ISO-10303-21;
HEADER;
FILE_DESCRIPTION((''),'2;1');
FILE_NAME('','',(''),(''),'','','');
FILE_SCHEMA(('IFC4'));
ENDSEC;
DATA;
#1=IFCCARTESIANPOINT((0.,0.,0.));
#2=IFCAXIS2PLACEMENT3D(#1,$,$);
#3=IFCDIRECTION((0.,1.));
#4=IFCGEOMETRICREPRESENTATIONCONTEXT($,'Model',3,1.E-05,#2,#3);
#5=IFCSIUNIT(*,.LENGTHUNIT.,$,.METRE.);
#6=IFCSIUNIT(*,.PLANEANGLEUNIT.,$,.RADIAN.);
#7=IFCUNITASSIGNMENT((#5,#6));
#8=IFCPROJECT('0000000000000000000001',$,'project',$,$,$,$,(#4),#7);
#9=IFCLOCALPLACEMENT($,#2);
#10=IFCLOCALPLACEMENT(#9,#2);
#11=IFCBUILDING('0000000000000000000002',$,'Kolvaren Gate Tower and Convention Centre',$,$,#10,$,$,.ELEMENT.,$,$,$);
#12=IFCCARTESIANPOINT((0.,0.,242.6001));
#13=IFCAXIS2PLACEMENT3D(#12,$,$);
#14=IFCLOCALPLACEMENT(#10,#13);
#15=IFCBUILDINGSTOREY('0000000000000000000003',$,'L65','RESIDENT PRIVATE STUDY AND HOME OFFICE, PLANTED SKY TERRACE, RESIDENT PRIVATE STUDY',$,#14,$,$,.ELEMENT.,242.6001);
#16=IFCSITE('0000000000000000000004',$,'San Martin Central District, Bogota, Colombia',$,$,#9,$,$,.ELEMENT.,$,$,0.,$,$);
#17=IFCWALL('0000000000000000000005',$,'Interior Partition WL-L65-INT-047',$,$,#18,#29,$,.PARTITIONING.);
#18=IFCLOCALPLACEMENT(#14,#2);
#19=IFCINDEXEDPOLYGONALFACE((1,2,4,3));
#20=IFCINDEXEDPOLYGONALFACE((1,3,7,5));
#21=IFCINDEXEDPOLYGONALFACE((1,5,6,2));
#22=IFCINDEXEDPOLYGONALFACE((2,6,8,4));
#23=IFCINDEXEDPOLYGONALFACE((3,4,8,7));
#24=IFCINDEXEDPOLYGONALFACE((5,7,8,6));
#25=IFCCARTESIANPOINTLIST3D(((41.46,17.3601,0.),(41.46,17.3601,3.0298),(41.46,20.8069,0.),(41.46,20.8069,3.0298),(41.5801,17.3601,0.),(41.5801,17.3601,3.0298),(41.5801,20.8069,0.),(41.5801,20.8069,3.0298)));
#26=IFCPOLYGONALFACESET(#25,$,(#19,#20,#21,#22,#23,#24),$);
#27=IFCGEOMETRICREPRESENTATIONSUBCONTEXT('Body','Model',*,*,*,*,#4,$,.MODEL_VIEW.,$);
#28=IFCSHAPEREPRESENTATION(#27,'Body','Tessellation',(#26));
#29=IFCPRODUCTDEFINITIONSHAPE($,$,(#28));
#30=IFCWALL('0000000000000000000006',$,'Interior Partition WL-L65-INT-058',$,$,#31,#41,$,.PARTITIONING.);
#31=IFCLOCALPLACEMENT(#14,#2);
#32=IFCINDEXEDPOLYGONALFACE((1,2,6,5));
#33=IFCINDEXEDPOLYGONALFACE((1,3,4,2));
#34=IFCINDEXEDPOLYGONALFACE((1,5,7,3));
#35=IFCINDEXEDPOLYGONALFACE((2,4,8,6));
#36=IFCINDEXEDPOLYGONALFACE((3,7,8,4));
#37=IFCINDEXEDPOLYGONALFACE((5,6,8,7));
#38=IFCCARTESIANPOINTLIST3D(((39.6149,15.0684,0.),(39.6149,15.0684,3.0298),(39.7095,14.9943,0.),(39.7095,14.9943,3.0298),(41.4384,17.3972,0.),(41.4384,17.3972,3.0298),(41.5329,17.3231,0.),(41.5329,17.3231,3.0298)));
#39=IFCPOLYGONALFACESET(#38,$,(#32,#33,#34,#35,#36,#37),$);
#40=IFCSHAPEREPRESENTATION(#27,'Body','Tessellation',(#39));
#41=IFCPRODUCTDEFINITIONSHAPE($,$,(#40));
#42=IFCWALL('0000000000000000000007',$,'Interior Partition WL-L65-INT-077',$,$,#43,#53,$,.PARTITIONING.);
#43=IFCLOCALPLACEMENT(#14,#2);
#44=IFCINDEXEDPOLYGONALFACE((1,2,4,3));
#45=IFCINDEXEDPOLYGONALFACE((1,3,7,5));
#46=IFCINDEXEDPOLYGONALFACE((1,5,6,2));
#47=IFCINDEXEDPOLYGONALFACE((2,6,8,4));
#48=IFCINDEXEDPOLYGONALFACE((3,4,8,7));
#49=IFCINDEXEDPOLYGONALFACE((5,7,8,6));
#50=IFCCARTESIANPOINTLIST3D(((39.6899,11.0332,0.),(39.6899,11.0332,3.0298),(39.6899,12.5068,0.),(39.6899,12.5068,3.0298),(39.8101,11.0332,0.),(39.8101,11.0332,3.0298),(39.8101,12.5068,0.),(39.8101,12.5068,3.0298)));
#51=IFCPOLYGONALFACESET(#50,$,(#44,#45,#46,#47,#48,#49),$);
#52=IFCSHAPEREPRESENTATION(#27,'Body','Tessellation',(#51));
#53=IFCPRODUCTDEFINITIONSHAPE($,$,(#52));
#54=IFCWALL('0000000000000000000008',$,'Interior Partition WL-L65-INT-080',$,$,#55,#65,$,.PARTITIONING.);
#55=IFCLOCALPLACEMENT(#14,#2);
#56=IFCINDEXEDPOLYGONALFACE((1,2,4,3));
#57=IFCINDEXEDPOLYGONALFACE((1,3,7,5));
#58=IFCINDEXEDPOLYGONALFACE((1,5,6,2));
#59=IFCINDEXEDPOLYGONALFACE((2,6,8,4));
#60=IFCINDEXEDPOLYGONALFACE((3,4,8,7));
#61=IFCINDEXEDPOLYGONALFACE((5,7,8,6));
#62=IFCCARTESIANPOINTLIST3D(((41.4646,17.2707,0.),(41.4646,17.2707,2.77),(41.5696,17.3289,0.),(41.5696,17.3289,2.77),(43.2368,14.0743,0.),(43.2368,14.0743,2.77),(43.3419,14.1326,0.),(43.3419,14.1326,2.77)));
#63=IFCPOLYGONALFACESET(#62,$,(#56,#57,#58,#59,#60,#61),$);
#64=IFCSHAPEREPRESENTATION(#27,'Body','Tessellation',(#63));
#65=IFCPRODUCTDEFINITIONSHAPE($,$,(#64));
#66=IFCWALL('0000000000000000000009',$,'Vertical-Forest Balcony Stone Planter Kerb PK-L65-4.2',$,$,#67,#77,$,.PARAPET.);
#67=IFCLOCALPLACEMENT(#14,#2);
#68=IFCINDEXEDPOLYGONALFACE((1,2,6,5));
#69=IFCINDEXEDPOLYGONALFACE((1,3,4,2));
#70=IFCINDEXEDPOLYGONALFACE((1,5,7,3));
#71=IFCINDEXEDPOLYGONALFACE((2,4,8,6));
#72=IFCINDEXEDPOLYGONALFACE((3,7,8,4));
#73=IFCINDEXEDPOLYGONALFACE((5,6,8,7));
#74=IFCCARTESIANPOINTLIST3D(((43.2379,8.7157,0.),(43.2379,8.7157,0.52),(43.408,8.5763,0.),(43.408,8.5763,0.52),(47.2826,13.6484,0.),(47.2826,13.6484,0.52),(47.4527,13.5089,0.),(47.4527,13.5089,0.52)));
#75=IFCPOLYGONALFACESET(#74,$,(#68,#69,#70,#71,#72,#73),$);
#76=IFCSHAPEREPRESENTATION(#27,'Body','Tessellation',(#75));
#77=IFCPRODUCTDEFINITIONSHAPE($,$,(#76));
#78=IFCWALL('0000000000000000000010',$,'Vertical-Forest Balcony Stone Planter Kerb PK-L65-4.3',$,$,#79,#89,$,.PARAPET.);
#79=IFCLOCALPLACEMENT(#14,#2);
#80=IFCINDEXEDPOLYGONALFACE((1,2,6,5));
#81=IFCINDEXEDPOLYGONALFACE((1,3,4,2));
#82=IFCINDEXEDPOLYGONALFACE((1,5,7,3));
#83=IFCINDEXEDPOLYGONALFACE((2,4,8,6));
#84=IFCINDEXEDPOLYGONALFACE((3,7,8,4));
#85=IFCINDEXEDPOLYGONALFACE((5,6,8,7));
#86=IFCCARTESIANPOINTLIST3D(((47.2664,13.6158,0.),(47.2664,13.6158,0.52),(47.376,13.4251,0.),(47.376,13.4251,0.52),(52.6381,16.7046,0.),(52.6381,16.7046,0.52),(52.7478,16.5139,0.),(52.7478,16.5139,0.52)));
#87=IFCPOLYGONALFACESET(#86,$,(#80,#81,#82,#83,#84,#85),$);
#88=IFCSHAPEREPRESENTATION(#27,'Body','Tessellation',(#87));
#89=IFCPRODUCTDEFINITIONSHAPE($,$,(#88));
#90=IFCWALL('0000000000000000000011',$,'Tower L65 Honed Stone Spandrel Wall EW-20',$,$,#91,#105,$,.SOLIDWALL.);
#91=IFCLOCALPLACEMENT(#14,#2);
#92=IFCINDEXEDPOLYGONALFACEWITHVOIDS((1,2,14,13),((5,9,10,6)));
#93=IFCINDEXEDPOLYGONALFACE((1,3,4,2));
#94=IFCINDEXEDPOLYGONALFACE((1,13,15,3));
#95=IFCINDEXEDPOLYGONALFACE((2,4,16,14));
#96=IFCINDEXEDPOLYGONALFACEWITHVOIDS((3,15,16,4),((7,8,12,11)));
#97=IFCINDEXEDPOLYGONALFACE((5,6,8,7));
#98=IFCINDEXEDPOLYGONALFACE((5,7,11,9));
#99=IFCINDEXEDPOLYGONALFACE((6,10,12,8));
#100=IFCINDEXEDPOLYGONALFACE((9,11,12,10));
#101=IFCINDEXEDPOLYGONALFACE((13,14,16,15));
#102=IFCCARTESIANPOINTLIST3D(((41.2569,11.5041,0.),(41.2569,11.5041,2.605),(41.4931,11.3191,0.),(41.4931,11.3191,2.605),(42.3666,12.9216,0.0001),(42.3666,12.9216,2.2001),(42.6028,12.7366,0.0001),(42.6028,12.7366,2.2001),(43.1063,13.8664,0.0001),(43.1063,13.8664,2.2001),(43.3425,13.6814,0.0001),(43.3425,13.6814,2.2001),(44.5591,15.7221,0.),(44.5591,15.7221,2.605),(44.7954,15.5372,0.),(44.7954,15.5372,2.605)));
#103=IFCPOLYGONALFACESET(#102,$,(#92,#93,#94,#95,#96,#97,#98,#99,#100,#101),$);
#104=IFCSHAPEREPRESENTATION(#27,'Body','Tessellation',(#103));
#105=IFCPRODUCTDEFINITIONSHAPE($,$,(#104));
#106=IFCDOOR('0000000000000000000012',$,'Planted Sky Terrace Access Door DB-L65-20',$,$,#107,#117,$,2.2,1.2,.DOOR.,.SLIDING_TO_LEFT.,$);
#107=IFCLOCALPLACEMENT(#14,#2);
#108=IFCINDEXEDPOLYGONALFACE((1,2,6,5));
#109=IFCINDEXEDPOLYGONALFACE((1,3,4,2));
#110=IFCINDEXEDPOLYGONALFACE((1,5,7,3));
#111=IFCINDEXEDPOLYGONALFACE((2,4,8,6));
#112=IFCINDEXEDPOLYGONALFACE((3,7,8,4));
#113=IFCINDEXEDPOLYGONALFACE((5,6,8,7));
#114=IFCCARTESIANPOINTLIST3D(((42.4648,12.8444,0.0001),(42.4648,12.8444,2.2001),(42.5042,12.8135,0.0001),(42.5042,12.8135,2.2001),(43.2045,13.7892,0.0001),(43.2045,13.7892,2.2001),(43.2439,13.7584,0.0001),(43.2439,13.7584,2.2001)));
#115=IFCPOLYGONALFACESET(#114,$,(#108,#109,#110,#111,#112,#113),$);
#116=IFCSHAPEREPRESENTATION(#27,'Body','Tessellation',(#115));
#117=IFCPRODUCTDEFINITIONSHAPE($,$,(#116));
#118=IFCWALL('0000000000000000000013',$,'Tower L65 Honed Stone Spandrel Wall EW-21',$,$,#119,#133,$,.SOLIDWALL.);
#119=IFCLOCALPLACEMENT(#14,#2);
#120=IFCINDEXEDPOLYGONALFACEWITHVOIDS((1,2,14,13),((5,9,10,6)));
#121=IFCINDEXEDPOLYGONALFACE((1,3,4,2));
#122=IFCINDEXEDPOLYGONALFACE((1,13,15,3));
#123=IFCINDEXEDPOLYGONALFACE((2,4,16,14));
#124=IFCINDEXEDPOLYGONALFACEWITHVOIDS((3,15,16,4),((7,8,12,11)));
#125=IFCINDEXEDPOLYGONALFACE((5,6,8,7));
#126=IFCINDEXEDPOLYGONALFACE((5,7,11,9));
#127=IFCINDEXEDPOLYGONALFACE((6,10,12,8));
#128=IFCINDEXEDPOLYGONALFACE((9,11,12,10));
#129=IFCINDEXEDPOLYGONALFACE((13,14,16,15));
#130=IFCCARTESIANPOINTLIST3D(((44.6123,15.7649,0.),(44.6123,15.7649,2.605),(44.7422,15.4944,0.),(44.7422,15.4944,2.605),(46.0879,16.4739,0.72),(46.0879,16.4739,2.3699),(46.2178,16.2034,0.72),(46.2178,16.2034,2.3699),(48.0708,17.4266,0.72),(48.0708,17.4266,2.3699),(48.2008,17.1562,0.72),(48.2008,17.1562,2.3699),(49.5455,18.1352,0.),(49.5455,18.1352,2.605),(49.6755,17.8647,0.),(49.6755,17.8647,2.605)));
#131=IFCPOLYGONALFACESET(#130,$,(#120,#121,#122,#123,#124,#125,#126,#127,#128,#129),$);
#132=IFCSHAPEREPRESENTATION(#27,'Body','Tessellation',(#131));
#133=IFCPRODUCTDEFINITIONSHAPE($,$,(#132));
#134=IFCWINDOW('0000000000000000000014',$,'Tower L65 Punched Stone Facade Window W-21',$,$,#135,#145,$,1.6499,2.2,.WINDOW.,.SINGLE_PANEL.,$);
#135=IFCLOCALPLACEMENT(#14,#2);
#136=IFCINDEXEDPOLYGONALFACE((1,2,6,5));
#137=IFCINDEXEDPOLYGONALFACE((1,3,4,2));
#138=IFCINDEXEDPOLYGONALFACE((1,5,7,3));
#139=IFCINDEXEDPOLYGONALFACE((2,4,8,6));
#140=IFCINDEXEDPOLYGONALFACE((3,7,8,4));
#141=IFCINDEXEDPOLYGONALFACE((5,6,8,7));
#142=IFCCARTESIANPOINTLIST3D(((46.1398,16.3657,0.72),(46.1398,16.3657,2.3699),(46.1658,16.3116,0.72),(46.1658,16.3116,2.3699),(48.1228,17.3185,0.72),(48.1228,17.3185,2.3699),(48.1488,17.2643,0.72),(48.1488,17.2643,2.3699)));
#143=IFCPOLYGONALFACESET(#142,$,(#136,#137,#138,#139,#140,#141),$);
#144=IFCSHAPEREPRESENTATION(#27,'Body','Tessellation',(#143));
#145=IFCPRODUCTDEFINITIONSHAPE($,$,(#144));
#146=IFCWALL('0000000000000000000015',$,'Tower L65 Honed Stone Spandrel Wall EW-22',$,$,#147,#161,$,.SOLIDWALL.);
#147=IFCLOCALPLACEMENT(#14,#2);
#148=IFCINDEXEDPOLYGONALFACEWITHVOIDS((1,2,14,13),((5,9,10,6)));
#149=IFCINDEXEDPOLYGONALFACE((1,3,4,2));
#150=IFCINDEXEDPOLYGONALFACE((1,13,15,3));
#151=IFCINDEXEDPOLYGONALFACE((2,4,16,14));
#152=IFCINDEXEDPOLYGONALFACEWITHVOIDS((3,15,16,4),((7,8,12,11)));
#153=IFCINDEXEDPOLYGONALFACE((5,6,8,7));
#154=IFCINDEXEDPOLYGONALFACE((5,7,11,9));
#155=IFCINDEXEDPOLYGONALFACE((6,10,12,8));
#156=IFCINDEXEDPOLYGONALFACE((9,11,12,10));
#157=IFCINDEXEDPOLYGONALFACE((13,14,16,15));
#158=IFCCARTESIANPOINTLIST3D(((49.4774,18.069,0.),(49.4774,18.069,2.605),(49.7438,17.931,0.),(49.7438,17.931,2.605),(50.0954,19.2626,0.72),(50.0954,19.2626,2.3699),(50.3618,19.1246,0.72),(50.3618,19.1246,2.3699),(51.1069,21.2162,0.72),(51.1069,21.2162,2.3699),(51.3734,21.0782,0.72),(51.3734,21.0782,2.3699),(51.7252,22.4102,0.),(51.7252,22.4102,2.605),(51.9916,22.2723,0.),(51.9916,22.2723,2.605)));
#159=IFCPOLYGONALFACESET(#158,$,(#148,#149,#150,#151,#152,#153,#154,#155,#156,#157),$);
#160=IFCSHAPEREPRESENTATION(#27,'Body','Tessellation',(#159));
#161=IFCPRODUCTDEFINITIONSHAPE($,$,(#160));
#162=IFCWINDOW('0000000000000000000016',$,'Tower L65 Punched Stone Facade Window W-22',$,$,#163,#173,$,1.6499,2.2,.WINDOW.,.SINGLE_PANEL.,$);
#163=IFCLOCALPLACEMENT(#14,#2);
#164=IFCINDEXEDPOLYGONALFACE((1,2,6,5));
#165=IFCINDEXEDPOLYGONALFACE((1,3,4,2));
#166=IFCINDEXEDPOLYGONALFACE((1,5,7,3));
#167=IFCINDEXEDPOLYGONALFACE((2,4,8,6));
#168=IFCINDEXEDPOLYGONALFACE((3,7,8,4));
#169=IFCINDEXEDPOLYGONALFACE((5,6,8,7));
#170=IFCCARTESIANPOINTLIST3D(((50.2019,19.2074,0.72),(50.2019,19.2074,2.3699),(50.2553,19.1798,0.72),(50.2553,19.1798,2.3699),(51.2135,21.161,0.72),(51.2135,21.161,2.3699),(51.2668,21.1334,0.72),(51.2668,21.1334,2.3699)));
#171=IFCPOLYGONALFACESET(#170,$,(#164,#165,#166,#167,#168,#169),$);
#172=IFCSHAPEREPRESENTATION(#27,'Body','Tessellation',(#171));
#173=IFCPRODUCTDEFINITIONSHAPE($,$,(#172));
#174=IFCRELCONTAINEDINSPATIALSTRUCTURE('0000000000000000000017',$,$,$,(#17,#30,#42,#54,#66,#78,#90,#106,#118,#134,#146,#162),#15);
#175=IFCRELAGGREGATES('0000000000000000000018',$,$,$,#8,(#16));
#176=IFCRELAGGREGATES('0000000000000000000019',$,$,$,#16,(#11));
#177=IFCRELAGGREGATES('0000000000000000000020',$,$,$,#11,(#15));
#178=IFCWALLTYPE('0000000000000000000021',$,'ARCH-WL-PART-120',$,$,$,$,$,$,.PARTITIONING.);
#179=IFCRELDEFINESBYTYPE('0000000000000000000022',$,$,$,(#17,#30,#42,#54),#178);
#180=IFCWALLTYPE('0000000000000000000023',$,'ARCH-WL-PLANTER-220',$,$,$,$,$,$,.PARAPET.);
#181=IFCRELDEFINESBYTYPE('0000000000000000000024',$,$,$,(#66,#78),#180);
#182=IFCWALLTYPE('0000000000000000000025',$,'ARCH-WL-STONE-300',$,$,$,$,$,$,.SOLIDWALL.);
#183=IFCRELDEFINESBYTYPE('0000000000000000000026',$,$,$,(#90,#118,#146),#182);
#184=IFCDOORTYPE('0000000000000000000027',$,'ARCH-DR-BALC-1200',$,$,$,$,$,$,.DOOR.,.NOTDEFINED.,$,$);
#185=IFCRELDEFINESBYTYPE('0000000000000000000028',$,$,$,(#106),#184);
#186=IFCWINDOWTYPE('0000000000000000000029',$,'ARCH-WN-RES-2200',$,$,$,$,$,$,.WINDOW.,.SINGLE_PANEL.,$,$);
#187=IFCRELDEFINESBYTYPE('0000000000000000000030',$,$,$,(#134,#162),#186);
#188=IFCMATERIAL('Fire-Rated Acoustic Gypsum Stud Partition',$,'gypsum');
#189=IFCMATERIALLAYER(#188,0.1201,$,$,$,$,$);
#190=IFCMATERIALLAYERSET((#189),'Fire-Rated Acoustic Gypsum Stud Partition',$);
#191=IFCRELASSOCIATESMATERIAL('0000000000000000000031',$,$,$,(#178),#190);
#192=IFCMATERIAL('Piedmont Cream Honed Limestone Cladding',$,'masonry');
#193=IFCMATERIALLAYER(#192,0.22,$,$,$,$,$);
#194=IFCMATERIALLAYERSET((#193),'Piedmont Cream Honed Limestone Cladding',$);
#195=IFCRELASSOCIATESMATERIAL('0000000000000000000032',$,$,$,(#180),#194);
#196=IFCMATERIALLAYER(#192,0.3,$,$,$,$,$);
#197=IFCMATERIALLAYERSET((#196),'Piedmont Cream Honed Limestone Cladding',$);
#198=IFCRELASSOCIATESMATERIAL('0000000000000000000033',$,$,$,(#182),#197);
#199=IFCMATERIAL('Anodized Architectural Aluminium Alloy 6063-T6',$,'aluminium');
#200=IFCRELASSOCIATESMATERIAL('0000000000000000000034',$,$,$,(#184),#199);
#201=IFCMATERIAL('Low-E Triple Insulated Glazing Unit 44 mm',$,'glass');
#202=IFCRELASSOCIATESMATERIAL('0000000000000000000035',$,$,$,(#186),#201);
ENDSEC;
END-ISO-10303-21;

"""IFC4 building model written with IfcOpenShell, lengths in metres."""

from ifc_helpers import new_model, si_unit, direction, frame, frame_2d, origin, place, context, subcontext, project, spatial, rectangle, extrude, material, layer, layer_set, type_object, element, fill, save


model = new_model("IFC4")

# Units and contexts
model_context = context("Model", 3, precision=1e-05, world=origin(), true_north=direction((0.0, 1.0)))
body_context = subcontext(model_context, "Body", "Model", "MODEL_VIEW")
ifc_project = project(units=[si_unit("LENGTHUNIT", "METRE"), si_unit("PLANEANGLEUNIT", "RADIAN")], contexts=[model_context])

# Site, building, storey
site_placement = place(None, origin())
site = spatial("IfcSite", under=ifc_project, at=site_placement, Name="San Martin Central District, Bogota, Colombia", CompositionType="ELEMENT", RefElevation=0.0)
building_placement = place(site_placement, origin())
building = spatial("IfcBuilding", under=site, at=building_placement, Name="Kolvaren Gate Tower and Convention Centre", CompositionType="ELEMENT")
storey_placement = place(building_placement, frame((0.0, 0.0, 242.6001)))
storey = spatial("IfcBuildingStorey", under=building, at=storey_placement, Name="L65", Description="RESIDENT PRIVATE STUDY AND HOME OFFICE, PLANTED SKY TERRACE, RESIDENT PRIVATE STUDY", CompositionType="ELEMENT", Elevation=242.6001)

# Shared definitions
ifc_material_1 = material(Name="Fire-Rated Acoustic Gypsum Stud Partition", Category="gypsum")
ifc_layer_1 = layer(ifc_material_1, 0.1201)
ifc_layer_set_1 = layer_set([ifc_layer_1], Name="Fire-Rated Acoustic Gypsum Stud Partition")
wall_type_1 = type_object("IfcWallType", Name="ARCH-WL-PART-120", PredefinedType="PARTITIONING", material=ifc_layer_set_1)

# Walls
wall_1_placement = place(storey_placement, frame((41.52, 17.3601, 0.0), z_axis=(0.0, 0.0, 1.0), x_axis=(0.0, 1.0, 0.0)))
element("IfcWall", 1, at=wall_1_placement, inside=storey, type_object=wall_type_1, Name="Interior Partition WL-L65-INT-047", PredefinedType="PARTITIONING", context=body_context, shape_type="SweptSolid", body=[
    extrude(rectangle(XDim=3.4468, YDim=0.1201, at=frame_2d((1.7234, 0.0))), origin(), (0.0, 0.0, 1.0), 3.0298),
])
wall_2_placement = place(storey_placement, frame((39.6621, 15.0312, 0.0), z_axis=(0.0, 0.0, 1.0), x_axis=(0.616497, 0.787357, 0.0)))
element("IfcWall", 2, at=wall_2_placement, inside=storey, type_object=wall_type_1, Name="Interior Partition WL-L65-INT-058", PredefinedType="PARTITIONING", context=body_context, shape_type="SweptSolid", body=[
    extrude(rectangle(XDim=2.9578, YDim=0.1201, at=frame_2d((1.479, 0.0))), origin(), (0.0, 0.0, 1.0), 3.0298),
])
wall_3_placement = place(storey_placement, frame((39.75, 11.0332, 0.0), z_axis=(0.0, 0.0, 1.0), x_axis=(0.0, 1.0, 0.0)))
element("IfcWall", 3, at=wall_3_placement, inside=storey, type_object=wall_type_1, Name="Interior Partition WL-L65-INT-077", PredefinedType="PARTITIONING", context=body_context, shape_type="SweptSolid", body=[
    extrude(rectangle(XDim=1.4736, YDim=0.1201, at=frame_2d((0.7368, 0.0))), origin(), (0.0, 0.0, 1.0), 3.0298),
])
wall_4_placement = place(storey_placement, frame((41.5171, 17.2998, 0.0), z_axis=(0.0, 0.0, 1.0), x_axis=(0.484911, -0.874563, 0.0)))
element("IfcWall", 4, at=wall_4_placement, inside=storey, type_object=wall_type_1, Name="Interior Partition WL-L65-INT-080", PredefinedType="PARTITIONING", context=body_context, shape_type="SweptSolid", body=[
    extrude(rectangle(XDim=3.6548, YDim=0.1201, at=frame_2d((1.8274, 0.0))), origin(), (0.0, 0.0, 1.0), 2.77),
])
ifc_material_2 = material(Name="Piedmont Cream Honed Limestone Cladding", Category="masonry")
ifc_layer_2 = layer(ifc_material_2, 0.22)
ifc_layer_set_2 = layer_set([ifc_layer_2], Name="Piedmont Cream Honed Limestone Cladding")
wall_type_2 = type_object("IfcWallType", Name="ARCH-WL-PLANTER-220", PredefinedType="PARAPET", material=ifc_layer_set_2)
wall_5_placement = place(storey_placement, frame((43.323, 8.646, 0.0), z_axis=(0.0, 0.0, 1.0), x_axis=(0.634073, 0.773273, 0.0)))
element("IfcWall", 5, at=wall_5_placement, inside=storey, type_object=wall_type_2, Name="Vertical-Forest Balcony Stone Planter Kerb PK-L65-4.2", PredefinedType="PARAPET", context=body_context, shape_type="SweptSolid", body=[
    extrude(rectangle(XDim=6.3789, YDim=0.22, at=frame_2d((3.1895, 0.0))), origin(), (0.0, 0.0, 1.0), 0.52),
])
wall_6_placement = place(storey_placement, frame((47.3213, 13.5205, 0.0), z_axis=(0.0, 0.0, 1.0), x_axis=(0.866902, 0.498479, 0.0)))
element("IfcWall", 6, at=wall_6_placement, inside=storey, type_object=wall_type_2, Name="Vertical-Forest Balcony Stone Planter Kerb PK-L65-4.3", PredefinedType="PARAPET", context=body_context, shape_type="SweptSolid", body=[
    extrude(rectangle(XDim=6.1965, YDim=0.22, at=frame_2d((3.0981, 0.0))), origin(), (0.0, 0.0, 1.0), 0.52),
])

# Wall, opening, door
ifc_layer_3 = layer(ifc_material_2, 0.3)
ifc_layer_set_3 = layer_set([ifc_layer_3], Name="Piedmont Cream Honed Limestone Cladding")
wall_type_3 = type_object("IfcWallType", Name="ARCH-WL-STONE-300", PredefinedType="SOLIDWALL", material=ifc_layer_set_3)
wall_7_placement = place(storey_placement, frame((41.375, 11.4116, 0.0), z_axis=(0.0, 0.0, 1.0), x_axis=(0.616446, 0.787397, 0.0)))
wall_7 = element("IfcWall", 7, at=wall_7_placement, inside=storey, type_object=wall_type_3, Name="Tower L65 Honed Stone Spandrel Wall EW-20", PredefinedType="SOLIDWALL", context=body_context, shape_type="SweptSolid", body=[
    extrude(rectangle(XDim=5.3569, YDim=0.3, at=frame_2d((2.6785, 0.0))), origin(), (0.0, 0.0, 1.0), 2.605),
])
opening_1_placement = place(wall_7_placement, frame((1.8, 0.0, 0.0)))
opening_1 = element("IfcOpeningElement", 8, at=opening_1_placement, cuts=wall_7, PredefinedType="OPENING", context=body_context, shape_type="SweptSolid", body=[
    extrude(rectangle(XDim=1.2, YDim=2.2, at=frame_2d((0.6001, 1.1001))), frame((0.0, 0.1599, 0.0), z_axis=(0.0, -1.0, 0.0), x_axis=(1.0, 0.0, 0.0)), (0.0, 0.0, 1.0), 0.3201),
])
ifc_material_3 = material(Name="Anodized Architectural Aluminium Alloy 6063-T6", Category="aluminium")
door_type_1 = type_object("IfcDoorType", Name="ARCH-DR-BALC-1200", OperationType="NOTDEFINED", PredefinedType="DOOR", material=ifc_material_3)
door_1_placement = place(opening_1_placement, frame((1.2, 0.0, 0.0), z_axis=(0.0, 0.0, 1.0), x_axis=(-1.0, 0.0, 0.0)))
door_1 = element("IfcDoor", 9, at=door_1_placement, inside=storey, type_object=door_type_1, Name="Planted Sky Terrace Access Door DB-L65-20", OperationType="SLIDING_TO_LEFT", OverallHeight=2.2, OverallWidth=1.2, PredefinedType="DOOR", context=body_context, shape_type="SweptSolid", body=[
    extrude(rectangle(XDim=1.2, YDim=2.2, at=frame_2d((0.6001, 1.1001))), frame((0.0, 0.0249, 0.0), z_axis=(0.0, -1.0, 0.0), x_axis=(1.0, 0.0, 0.0)), (0.0, 0.0, 1.0), 0.05),
])
fill(opening_1, door_1)

# Walls, openings, windows
wall_8_placement = place(storey_placement, frame((44.6772, 15.6296, 0.0), z_axis=(0.0, 0.0, 1.0), x_axis=(0.901355, 0.433081, 0.0)))
wall_8 = element("IfcWall", 10, at=wall_8_placement, inside=storey, type_object=wall_type_3, Name="Tower L65 Honed Stone Spandrel Wall EW-21", PredefinedType="SOLIDWALL", context=body_context, shape_type="SweptSolid", body=[
    extrude(rectangle(XDim=5.4731, YDim=0.3, at=frame_2d((2.7366, 0.0))), origin(), (0.0, 0.0, 1.0), 2.605),
])
opening_2_placement = place(wall_8_placement, frame((1.637, 0.0, 0.72)))
opening_2 = element("IfcOpeningElement", 11, at=opening_2_placement, cuts=wall_8, PredefinedType="OPENING", context=body_context, shape_type="SweptSolid", body=[
    extrude(rectangle(XDim=2.2, YDim=1.6499, at=frame_2d((1.1001, 0.825))), frame((0.0, 0.1599, 0.0), z_axis=(0.0, -1.0, 0.0), x_axis=(1.0, 0.0, 0.0)), (0.0, 0.0, 1.0), 0.3201),
])
ifc_material_4 = material(Name="Low-E Triple Insulated Glazing Unit 44 mm", Category="glass")
window_type = type_object("IfcWindowType", Name="ARCH-WN-RES-2200", PartitioningType="SINGLE_PANEL", PredefinedType="WINDOW", material=ifc_material_4)
window_1_placement = place(opening_2_placement, origin())
window_1 = element("IfcWindow", 12, at=window_1_placement, inside=storey, type_object=window_type, Name="Tower L65 Punched Stone Facade Window W-21", OverallHeight=1.6499, OverallWidth=2.2, PartitioningType="SINGLE_PANEL", PredefinedType="WINDOW", context=body_context, shape_type="SweptSolid", body=[
    extrude(rectangle(XDim=2.2, YDim=1.6499, at=frame_2d((1.1001, 0.825))), frame((0.0, 0.03, 0.0), z_axis=(0.0, -1.0, 0.0), x_axis=(1.0, 0.0, 0.0)), (0.0, 0.0, 1.0), 0.0601),
])
fill(opening_2, window_1)
wall_9_placement = place(storey_placement, frame((49.6106, 18.0, 0.0), z_axis=(0.0, 0.0, 1.0), x_axis=(0.459794, 0.888026, 0.0)))
wall_9 = element("IfcWall", 13, at=wall_9_placement, inside=storey, type_object=wall_type_3, Name="Tower L65 Honed Stone Spandrel Wall EW-22", PredefinedType="SOLIDWALL", context=body_context, shape_type="SweptSolid", body=[
    extrude(rectangle(XDim=4.8887, YDim=0.3, at=frame_2d((2.4443, 0.0))), origin(), (0.0, 0.0, 1.0), 2.605),
])
opening_3_placement = place(wall_9_placement, frame((1.344, 0.0, 0.72)))
opening_3 = element("IfcOpeningElement", 14, at=opening_3_placement, cuts=wall_9, PredefinedType="OPENING", context=body_context, shape_type="SweptSolid", body=[
    extrude(rectangle(XDim=2.2, YDim=1.6499, at=frame_2d((1.1001, 0.825))), frame((0.0, 0.1599, 0.0), z_axis=(0.0, -1.0, 0.0), x_axis=(1.0, 0.0, 0.0)), (0.0, 0.0, 1.0), 0.3201),
])
window_2_placement = place(opening_3_placement, origin())
window_2 = element("IfcWindow", 15, at=window_2_placement, inside=storey, type_object=window_type, Name="Tower L65 Punched Stone Facade Window W-22", OverallHeight=1.6499, OverallWidth=2.2, PartitioningType="SINGLE_PANEL", PredefinedType="WINDOW", context=body_context, shape_type="SweptSolid", body=[
    extrude(rectangle(XDim=2.2, YDim=1.6499, at=frame_2d((1.1001, 0.825))), frame((0.0, 0.03, 0.0), z_axis=(0.0, -1.0, 0.0), x_axis=(1.0, 0.0, 0.0)), (0.0, 0.0, 1.0), 0.0601),
])
fill(opening_3, window_2)

save(model, "model.ifc")
